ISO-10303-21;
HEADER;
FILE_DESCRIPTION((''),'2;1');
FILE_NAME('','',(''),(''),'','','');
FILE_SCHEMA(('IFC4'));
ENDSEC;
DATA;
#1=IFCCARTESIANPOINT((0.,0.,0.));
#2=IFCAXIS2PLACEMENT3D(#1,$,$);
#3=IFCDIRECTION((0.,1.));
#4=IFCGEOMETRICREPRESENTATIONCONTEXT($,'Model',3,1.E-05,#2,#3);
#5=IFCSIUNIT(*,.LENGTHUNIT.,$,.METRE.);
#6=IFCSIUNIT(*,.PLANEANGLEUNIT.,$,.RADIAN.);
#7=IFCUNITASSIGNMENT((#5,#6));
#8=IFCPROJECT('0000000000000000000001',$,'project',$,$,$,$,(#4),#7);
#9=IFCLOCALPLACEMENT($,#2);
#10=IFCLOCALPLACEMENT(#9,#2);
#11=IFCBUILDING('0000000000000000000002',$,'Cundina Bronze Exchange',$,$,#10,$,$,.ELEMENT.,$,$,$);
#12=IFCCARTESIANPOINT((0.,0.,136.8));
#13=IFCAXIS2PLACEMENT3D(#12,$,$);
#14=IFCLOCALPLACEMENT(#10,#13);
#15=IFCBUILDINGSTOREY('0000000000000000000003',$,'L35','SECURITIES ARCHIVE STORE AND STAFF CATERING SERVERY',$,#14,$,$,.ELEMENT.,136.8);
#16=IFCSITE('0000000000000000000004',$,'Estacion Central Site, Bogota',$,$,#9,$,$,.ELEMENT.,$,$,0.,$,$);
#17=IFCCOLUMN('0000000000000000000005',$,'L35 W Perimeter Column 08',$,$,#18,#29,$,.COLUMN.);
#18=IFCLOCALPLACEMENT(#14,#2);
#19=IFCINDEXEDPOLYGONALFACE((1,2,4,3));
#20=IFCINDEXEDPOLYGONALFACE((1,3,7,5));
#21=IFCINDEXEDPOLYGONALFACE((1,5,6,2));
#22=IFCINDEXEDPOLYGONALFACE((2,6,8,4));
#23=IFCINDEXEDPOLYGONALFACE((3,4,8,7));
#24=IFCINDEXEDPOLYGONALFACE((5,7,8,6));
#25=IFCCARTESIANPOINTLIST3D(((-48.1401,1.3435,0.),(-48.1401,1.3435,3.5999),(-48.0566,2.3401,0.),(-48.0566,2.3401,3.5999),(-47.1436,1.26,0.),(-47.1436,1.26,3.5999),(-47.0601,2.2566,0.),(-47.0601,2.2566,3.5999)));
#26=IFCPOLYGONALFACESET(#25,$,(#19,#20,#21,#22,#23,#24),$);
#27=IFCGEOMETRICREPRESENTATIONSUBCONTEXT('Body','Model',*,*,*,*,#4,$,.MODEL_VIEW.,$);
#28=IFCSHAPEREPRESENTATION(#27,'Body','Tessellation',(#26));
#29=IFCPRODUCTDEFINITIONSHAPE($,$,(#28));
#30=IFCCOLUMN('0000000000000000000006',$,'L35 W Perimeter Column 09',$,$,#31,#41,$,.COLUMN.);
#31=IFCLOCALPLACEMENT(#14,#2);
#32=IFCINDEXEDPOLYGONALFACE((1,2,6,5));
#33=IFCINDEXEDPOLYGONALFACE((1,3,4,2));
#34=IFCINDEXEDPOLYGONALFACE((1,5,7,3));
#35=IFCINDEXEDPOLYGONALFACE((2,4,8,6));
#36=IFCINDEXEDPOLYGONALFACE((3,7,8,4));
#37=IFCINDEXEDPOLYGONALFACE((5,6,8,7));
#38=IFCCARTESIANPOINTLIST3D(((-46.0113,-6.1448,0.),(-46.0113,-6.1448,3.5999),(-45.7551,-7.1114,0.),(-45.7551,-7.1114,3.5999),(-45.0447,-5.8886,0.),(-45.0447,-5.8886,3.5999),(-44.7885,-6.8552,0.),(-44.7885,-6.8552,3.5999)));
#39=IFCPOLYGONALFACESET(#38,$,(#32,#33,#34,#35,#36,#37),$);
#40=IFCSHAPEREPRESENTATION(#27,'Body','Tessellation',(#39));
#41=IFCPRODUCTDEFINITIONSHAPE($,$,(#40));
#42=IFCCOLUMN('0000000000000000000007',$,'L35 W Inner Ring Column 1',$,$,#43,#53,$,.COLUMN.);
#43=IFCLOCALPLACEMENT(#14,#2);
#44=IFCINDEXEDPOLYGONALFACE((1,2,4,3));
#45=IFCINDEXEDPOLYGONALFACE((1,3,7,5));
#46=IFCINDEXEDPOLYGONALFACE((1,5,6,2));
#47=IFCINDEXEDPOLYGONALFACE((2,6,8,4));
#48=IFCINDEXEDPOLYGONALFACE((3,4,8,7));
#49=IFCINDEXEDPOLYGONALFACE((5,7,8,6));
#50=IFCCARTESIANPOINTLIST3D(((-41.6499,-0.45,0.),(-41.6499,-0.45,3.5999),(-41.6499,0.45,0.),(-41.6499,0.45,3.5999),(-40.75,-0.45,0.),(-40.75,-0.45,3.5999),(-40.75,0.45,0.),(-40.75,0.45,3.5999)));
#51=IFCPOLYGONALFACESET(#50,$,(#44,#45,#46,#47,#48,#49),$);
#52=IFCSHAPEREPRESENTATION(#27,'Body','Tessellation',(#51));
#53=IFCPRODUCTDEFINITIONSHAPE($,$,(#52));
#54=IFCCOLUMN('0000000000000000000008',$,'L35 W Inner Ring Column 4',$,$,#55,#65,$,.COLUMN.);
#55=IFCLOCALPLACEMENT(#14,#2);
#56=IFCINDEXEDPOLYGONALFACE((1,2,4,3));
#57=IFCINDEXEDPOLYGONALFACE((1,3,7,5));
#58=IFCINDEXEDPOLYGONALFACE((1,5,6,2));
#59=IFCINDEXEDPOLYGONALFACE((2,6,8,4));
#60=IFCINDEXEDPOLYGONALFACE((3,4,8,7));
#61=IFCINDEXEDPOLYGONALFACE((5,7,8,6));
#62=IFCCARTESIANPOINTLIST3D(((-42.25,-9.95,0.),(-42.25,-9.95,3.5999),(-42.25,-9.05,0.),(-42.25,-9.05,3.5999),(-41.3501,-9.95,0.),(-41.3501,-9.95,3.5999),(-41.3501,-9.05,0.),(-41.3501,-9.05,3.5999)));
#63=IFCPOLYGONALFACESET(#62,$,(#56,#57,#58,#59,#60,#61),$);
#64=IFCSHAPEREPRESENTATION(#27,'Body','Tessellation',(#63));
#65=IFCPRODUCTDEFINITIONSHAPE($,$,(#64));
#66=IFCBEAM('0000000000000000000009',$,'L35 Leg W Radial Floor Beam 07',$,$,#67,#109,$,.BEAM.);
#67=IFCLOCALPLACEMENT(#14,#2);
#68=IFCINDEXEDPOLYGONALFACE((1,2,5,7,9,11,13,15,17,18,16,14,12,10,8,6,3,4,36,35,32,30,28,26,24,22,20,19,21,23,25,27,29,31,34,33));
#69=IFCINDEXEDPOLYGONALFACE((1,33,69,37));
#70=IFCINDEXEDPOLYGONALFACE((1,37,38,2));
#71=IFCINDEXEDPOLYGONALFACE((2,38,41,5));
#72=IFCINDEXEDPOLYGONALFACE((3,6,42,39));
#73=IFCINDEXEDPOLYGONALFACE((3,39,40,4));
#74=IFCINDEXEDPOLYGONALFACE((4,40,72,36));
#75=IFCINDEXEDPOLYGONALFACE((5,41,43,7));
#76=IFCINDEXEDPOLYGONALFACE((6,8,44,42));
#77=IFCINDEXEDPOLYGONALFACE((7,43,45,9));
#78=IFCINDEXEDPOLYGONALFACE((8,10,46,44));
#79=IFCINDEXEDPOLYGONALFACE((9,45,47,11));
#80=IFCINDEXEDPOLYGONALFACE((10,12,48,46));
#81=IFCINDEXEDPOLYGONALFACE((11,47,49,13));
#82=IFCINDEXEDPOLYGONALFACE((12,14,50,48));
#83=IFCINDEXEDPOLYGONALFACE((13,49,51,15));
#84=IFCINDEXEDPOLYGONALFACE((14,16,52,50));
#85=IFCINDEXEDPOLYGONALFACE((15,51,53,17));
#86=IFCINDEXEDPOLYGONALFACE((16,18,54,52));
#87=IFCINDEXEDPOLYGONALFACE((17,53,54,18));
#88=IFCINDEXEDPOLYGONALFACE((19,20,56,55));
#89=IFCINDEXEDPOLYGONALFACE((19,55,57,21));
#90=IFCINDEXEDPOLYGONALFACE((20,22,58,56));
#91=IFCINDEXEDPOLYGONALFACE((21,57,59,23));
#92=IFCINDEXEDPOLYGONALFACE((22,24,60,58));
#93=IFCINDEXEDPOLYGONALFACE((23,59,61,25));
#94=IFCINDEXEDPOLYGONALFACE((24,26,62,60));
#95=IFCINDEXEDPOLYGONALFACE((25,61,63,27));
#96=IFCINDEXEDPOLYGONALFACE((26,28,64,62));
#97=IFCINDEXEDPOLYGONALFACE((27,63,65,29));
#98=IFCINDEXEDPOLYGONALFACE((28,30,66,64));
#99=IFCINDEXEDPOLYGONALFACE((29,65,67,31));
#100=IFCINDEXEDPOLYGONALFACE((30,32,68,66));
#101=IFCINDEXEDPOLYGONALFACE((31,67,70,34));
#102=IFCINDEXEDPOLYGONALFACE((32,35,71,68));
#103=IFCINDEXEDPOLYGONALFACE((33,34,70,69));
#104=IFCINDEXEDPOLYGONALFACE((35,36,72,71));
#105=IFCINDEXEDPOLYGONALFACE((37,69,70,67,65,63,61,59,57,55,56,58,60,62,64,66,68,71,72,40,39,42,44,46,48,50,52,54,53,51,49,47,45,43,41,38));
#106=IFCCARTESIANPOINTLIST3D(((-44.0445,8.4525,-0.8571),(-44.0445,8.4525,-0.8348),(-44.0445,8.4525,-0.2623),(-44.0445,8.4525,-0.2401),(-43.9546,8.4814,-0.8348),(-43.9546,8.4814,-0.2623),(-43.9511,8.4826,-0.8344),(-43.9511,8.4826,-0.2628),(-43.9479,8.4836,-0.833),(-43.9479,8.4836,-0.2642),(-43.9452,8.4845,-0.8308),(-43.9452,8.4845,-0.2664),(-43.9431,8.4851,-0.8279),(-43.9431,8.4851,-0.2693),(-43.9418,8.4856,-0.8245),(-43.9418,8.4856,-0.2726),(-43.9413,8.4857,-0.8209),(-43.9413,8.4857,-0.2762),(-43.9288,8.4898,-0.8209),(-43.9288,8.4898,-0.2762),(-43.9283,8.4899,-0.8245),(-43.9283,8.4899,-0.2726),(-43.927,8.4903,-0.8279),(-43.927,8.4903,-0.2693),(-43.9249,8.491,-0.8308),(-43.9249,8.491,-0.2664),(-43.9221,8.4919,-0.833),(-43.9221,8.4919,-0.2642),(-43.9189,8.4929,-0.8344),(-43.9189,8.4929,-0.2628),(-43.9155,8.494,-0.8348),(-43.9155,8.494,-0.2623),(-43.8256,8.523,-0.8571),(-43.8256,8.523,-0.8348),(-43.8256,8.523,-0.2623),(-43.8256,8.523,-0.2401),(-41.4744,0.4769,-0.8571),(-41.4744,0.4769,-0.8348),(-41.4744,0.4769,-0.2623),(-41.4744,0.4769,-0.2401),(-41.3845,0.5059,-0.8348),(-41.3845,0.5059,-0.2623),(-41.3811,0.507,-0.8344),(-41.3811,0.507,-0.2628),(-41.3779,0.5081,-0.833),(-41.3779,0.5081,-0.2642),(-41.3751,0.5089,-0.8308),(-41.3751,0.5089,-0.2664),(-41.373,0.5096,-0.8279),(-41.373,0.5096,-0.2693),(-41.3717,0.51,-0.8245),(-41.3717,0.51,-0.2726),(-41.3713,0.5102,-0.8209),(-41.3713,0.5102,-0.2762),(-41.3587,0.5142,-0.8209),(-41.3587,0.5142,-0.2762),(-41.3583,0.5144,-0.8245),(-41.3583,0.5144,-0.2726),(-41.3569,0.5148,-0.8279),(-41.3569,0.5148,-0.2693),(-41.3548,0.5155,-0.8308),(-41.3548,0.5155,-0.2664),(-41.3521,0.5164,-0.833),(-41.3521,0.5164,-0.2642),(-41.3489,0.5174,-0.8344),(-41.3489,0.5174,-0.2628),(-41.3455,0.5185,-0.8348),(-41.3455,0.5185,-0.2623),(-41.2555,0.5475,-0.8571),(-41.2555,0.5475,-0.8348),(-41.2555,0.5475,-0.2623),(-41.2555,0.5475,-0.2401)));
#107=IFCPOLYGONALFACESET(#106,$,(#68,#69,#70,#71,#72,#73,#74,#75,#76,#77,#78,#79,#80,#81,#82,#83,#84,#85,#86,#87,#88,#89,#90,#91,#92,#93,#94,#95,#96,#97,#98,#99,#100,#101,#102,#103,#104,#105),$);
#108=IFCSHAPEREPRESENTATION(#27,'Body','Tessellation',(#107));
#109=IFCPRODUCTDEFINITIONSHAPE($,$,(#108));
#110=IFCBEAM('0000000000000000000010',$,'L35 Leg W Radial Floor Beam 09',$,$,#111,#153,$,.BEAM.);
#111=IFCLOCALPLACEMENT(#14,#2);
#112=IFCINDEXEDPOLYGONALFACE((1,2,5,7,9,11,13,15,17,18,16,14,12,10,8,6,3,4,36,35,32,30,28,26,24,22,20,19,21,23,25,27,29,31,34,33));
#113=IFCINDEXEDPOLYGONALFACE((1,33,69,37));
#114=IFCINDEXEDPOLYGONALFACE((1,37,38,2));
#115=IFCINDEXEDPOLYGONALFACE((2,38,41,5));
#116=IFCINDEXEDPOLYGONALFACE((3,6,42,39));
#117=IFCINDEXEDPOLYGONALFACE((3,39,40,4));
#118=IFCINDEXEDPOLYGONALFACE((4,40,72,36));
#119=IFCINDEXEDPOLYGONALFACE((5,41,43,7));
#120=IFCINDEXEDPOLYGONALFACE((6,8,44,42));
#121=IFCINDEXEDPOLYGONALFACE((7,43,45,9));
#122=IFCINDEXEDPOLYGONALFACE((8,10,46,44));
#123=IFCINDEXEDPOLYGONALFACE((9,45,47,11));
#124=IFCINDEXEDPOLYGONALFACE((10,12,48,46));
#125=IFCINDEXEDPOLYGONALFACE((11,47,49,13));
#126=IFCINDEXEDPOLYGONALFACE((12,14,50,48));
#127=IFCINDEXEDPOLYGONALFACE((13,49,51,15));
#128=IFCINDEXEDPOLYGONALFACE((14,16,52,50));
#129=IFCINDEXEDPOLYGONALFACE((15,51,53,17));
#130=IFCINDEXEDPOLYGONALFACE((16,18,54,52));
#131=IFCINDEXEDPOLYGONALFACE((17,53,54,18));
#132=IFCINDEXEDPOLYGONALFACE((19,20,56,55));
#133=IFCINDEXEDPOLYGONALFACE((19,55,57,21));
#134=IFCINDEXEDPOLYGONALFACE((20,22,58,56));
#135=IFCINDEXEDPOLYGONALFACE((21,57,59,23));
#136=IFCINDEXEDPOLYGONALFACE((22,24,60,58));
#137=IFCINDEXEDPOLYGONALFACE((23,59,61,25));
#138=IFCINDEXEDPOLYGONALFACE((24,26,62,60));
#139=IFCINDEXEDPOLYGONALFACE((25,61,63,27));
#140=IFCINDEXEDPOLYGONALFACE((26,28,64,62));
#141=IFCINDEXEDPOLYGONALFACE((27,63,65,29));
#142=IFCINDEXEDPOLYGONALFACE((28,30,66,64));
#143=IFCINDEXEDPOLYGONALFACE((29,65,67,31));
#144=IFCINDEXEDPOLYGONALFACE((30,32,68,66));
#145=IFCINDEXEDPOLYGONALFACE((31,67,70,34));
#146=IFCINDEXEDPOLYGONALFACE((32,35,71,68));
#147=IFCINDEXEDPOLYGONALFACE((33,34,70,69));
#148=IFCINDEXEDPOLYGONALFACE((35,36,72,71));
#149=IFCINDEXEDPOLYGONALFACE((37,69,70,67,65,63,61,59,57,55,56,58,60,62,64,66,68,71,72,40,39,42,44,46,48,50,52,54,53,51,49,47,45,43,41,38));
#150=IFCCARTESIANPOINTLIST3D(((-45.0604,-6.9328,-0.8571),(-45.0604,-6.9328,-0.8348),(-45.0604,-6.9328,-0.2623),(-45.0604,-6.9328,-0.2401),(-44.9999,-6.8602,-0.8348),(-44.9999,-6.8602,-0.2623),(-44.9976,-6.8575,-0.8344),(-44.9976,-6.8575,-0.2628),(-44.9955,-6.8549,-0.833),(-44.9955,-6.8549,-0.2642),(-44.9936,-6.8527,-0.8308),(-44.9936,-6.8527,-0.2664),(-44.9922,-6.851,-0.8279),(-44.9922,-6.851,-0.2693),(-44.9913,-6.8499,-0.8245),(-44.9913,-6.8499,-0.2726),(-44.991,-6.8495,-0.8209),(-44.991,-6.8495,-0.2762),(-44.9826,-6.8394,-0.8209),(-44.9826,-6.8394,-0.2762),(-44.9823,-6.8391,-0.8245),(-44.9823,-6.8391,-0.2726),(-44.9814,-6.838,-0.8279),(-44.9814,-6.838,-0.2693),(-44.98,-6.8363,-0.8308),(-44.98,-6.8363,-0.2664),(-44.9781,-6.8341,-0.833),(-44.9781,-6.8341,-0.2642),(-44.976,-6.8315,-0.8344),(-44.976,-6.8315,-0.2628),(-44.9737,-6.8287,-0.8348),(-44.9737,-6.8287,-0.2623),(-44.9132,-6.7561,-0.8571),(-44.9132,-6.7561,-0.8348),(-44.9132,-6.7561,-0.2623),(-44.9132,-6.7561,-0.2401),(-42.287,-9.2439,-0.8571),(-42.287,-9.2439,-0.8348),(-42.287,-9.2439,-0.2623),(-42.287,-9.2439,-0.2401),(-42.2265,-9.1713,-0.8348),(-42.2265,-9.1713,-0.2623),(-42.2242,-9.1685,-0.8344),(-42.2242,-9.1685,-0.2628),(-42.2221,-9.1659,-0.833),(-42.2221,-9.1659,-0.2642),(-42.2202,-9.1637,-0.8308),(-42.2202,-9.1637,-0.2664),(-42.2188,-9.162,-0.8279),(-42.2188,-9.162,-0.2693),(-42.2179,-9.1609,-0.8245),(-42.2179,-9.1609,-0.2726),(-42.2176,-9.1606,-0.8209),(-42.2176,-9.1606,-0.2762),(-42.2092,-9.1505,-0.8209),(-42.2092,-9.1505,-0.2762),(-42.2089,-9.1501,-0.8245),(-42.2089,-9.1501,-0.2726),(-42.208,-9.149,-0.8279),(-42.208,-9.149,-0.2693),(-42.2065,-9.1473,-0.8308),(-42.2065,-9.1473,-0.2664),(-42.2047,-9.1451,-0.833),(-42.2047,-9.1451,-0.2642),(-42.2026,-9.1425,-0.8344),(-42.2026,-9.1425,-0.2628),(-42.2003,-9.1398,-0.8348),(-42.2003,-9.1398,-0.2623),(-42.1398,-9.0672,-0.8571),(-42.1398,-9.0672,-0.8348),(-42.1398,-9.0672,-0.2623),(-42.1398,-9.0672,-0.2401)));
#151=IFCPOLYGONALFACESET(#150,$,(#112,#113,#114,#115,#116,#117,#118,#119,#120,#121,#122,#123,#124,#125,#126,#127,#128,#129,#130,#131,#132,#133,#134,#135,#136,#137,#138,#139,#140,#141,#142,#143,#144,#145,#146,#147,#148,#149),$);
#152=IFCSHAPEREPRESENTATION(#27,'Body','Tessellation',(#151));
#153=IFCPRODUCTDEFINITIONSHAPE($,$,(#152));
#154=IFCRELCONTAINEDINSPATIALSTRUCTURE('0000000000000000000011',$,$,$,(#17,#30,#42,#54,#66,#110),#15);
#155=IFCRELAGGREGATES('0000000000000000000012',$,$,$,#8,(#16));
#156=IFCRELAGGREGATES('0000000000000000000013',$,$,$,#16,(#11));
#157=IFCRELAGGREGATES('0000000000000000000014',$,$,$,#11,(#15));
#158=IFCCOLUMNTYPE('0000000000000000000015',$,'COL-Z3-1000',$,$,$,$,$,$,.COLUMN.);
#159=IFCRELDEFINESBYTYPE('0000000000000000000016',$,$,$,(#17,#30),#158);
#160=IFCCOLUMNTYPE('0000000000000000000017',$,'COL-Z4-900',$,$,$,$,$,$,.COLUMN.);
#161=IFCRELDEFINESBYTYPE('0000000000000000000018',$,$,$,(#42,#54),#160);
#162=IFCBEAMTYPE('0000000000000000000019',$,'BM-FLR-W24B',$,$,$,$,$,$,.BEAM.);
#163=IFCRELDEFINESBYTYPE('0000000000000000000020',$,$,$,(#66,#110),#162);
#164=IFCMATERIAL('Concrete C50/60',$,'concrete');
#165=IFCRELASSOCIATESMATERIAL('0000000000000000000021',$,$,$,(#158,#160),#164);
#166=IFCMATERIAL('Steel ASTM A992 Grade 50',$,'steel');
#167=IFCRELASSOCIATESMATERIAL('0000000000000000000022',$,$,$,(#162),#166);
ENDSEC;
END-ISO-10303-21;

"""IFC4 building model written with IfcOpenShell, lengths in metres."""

from ifc_helpers import new_model, si_unit, direction, frame, origin, origin_2d, place, context, subcontext, project, spatial, rectangle, i_section, extrude, material, material_profile, profile_set, type_object, element, save


model = new_model("IFC4")

# Units and contexts
model_context = context("Model", 3, precision=1e-05, world=origin(), true_north=direction((0.0, 1.0)))
body_context = subcontext(model_context, "Body", "Model", "MODEL_VIEW")
ifc_project = project(units=[si_unit("LENGTHUNIT", "METRE"), si_unit("PLANEANGLEUNIT", "RADIAN")], contexts=[model_context])

# Site, building, storey
site_placement = place(None, origin())
site = spatial("IfcSite", under=ifc_project, at=site_placement, Name="Estacion Central Site, Bogota", CompositionType="ELEMENT", RefElevation=0.0)
building_placement = place(site_placement, origin())
building = spatial("IfcBuilding", under=site, at=building_placement, Name="Cundina Bronze Exchange", CompositionType="ELEMENT")
storey_placement = place(building_placement, frame((0.0, 0.0, 136.8)))
storey = spatial("IfcBuildingStorey", under=building, at=storey_placement, Name="L35", Description="SECURITIES ARCHIVE STORE AND STAFF CATERING SERVERY", CompositionType="ELEMENT", Elevation=136.8)

# Columns
ifc_material_1 = material(Name="Concrete C50/60", Category="concrete")
ifc_material_profile_1 = material_profile(ifc_material_1, rectangle(XDim=1.0, YDim=1.0, at=origin_2d()), Name="RC1000X1000", Category="concrete")
ifc_profile_set_1 = profile_set([ifc_material_profile_1], Name="Concrete C50/60")
column_type_1 = type_object("IfcColumnType", Name="COL-Z3-1000", PredefinedType="COLUMN", material=ifc_profile_set_1)
for number, where, z_axis, x_axis, name in (
    (1, (-47.6001, 1.8, 0.0), (0.0, 0.0, 1.0), (-0.083504, -0.996507, 0.0), "L35 W Perimeter Column 08"),
    (2, (-45.3999, -6.5, 0.0), (0.0, 0.0, 1.0), (0.256289, -0.9666, 0.0), "L35 W Perimeter Column 09"),
):
    element("IfcColumn", number, at=place(storey_placement, frame(where, z_axis=z_axis, x_axis=x_axis)), inside=storey, type_object=column_type_1, Name=name, PredefinedType="COLUMN", context=body_context, shape_type="SweptSolid", body=[
        extrude(rectangle(XDim=1.0, YDim=1.0, at=origin_2d()), origin(), (0.0, 0.0, 1.0), 3.5999),
    ])
ifc_material_profile_2 = material_profile(ifc_material_1, rectangle(XDim=0.8999, YDim=0.8999, at=origin_2d()), Name="RC900X900", Category="concrete")
ifc_profile_set_2 = profile_set([ifc_material_profile_2], Name="Concrete C50/60")
column_type_2 = type_object("IfcColumnType", Name="COL-Z4-900", PredefinedType="COLUMN", material=ifc_profile_set_2)
for number, where, z_axis, x_axis, name in (
    (3, (-41.2, 0.0, 0.0), (0.0, 0.0, 1.0), (1.0, 0.0, 0.0), "L35 W Inner Ring Column 1"),
    (4, (-41.8, -9.5, 0.0), (0.0, 0.0, 1.0), (1.0, 0.0, 0.0), "L35 W Inner Ring Column 4"),
):
    element("IfcColumn", number, at=place(storey_placement, frame(where, z_axis=z_axis, x_axis=x_axis)), inside=storey, type_object=column_type_2, Name=name, PredefinedType="COLUMN", context=body_context, shape_type="SweptSolid", body=[
        extrude(rectangle(XDim=0.8999, YDim=0.8999, at=origin_2d()), origin(), (0.0, 0.0, 1.0), 3.5999),
    ])

# Beams
ifc_material_2 = material(Name="Steel ASTM A992 Grade 50", Category="steel")
ifc_material_profile_3 = material_profile(ifc_material_2, i_section(OverallWidth=0.23, OverallDepth=0.6169, WebThickness=0.0132, FlangeThickness=0.0222, FilletRadius=0.0139, at=origin_2d()), Name="W24X94", Category="steel")
ifc_profile_set_3 = profile_set([ifc_material_profile_3], Name="Steel ASTM A992 Grade 50")
beam_type_1 = type_object("IfcBeamType", Name="BM-FLR-W24B", PredefinedType="BEAM", material=ifc_profile_set_3)
beam_1_placement = place(storey_placement, frame((-41.365, 0.5122, -0.5486), z_axis=(-0.306711, 0.951803, 0.0), x_axis=(-0.951803, -0.306711, 0.0)))
element("IfcBeam", 5, at=beam_1_placement, inside=storey, type_object=beam_type_1, Name="L35 Leg W Radial Floor Beam 07", PredefinedType="BEAM", context=body_context, shape_type="SweptSolid", body=[
    extrude(i_section(OverallWidth=0.23, OverallDepth=0.6169, WebThickness=0.0132, FlangeThickness=0.0222, FilletRadius=0.0139, at=origin_2d()), origin(), (0.0, 0.0, 1.0), 8.3794),
])
beam_2_placement = place(storey_placement, frame((-42.2134, -9.1555, -0.5486), z_axis=(-0.768243, 0.640158, 0.0), x_axis=(-0.640158, -0.768243, 0.0)))
element("IfcBeam", 6, at=beam_2_placement, inside=storey, type_object=beam_type_1, Name="L35 Leg W Radial Floor Beam 09", PredefinedType="BEAM", context=body_context, shape_type="SweptSolid", body=[
    extrude(i_section(OverallWidth=0.23, OverallDepth=0.6169, WebThickness=0.0132, FlangeThickness=0.0222, FilletRadius=0.0139, at=origin_2d()), origin(), (0.0, 0.0, 1.0), 3.6101),
])

save(model, "model.ifc")
